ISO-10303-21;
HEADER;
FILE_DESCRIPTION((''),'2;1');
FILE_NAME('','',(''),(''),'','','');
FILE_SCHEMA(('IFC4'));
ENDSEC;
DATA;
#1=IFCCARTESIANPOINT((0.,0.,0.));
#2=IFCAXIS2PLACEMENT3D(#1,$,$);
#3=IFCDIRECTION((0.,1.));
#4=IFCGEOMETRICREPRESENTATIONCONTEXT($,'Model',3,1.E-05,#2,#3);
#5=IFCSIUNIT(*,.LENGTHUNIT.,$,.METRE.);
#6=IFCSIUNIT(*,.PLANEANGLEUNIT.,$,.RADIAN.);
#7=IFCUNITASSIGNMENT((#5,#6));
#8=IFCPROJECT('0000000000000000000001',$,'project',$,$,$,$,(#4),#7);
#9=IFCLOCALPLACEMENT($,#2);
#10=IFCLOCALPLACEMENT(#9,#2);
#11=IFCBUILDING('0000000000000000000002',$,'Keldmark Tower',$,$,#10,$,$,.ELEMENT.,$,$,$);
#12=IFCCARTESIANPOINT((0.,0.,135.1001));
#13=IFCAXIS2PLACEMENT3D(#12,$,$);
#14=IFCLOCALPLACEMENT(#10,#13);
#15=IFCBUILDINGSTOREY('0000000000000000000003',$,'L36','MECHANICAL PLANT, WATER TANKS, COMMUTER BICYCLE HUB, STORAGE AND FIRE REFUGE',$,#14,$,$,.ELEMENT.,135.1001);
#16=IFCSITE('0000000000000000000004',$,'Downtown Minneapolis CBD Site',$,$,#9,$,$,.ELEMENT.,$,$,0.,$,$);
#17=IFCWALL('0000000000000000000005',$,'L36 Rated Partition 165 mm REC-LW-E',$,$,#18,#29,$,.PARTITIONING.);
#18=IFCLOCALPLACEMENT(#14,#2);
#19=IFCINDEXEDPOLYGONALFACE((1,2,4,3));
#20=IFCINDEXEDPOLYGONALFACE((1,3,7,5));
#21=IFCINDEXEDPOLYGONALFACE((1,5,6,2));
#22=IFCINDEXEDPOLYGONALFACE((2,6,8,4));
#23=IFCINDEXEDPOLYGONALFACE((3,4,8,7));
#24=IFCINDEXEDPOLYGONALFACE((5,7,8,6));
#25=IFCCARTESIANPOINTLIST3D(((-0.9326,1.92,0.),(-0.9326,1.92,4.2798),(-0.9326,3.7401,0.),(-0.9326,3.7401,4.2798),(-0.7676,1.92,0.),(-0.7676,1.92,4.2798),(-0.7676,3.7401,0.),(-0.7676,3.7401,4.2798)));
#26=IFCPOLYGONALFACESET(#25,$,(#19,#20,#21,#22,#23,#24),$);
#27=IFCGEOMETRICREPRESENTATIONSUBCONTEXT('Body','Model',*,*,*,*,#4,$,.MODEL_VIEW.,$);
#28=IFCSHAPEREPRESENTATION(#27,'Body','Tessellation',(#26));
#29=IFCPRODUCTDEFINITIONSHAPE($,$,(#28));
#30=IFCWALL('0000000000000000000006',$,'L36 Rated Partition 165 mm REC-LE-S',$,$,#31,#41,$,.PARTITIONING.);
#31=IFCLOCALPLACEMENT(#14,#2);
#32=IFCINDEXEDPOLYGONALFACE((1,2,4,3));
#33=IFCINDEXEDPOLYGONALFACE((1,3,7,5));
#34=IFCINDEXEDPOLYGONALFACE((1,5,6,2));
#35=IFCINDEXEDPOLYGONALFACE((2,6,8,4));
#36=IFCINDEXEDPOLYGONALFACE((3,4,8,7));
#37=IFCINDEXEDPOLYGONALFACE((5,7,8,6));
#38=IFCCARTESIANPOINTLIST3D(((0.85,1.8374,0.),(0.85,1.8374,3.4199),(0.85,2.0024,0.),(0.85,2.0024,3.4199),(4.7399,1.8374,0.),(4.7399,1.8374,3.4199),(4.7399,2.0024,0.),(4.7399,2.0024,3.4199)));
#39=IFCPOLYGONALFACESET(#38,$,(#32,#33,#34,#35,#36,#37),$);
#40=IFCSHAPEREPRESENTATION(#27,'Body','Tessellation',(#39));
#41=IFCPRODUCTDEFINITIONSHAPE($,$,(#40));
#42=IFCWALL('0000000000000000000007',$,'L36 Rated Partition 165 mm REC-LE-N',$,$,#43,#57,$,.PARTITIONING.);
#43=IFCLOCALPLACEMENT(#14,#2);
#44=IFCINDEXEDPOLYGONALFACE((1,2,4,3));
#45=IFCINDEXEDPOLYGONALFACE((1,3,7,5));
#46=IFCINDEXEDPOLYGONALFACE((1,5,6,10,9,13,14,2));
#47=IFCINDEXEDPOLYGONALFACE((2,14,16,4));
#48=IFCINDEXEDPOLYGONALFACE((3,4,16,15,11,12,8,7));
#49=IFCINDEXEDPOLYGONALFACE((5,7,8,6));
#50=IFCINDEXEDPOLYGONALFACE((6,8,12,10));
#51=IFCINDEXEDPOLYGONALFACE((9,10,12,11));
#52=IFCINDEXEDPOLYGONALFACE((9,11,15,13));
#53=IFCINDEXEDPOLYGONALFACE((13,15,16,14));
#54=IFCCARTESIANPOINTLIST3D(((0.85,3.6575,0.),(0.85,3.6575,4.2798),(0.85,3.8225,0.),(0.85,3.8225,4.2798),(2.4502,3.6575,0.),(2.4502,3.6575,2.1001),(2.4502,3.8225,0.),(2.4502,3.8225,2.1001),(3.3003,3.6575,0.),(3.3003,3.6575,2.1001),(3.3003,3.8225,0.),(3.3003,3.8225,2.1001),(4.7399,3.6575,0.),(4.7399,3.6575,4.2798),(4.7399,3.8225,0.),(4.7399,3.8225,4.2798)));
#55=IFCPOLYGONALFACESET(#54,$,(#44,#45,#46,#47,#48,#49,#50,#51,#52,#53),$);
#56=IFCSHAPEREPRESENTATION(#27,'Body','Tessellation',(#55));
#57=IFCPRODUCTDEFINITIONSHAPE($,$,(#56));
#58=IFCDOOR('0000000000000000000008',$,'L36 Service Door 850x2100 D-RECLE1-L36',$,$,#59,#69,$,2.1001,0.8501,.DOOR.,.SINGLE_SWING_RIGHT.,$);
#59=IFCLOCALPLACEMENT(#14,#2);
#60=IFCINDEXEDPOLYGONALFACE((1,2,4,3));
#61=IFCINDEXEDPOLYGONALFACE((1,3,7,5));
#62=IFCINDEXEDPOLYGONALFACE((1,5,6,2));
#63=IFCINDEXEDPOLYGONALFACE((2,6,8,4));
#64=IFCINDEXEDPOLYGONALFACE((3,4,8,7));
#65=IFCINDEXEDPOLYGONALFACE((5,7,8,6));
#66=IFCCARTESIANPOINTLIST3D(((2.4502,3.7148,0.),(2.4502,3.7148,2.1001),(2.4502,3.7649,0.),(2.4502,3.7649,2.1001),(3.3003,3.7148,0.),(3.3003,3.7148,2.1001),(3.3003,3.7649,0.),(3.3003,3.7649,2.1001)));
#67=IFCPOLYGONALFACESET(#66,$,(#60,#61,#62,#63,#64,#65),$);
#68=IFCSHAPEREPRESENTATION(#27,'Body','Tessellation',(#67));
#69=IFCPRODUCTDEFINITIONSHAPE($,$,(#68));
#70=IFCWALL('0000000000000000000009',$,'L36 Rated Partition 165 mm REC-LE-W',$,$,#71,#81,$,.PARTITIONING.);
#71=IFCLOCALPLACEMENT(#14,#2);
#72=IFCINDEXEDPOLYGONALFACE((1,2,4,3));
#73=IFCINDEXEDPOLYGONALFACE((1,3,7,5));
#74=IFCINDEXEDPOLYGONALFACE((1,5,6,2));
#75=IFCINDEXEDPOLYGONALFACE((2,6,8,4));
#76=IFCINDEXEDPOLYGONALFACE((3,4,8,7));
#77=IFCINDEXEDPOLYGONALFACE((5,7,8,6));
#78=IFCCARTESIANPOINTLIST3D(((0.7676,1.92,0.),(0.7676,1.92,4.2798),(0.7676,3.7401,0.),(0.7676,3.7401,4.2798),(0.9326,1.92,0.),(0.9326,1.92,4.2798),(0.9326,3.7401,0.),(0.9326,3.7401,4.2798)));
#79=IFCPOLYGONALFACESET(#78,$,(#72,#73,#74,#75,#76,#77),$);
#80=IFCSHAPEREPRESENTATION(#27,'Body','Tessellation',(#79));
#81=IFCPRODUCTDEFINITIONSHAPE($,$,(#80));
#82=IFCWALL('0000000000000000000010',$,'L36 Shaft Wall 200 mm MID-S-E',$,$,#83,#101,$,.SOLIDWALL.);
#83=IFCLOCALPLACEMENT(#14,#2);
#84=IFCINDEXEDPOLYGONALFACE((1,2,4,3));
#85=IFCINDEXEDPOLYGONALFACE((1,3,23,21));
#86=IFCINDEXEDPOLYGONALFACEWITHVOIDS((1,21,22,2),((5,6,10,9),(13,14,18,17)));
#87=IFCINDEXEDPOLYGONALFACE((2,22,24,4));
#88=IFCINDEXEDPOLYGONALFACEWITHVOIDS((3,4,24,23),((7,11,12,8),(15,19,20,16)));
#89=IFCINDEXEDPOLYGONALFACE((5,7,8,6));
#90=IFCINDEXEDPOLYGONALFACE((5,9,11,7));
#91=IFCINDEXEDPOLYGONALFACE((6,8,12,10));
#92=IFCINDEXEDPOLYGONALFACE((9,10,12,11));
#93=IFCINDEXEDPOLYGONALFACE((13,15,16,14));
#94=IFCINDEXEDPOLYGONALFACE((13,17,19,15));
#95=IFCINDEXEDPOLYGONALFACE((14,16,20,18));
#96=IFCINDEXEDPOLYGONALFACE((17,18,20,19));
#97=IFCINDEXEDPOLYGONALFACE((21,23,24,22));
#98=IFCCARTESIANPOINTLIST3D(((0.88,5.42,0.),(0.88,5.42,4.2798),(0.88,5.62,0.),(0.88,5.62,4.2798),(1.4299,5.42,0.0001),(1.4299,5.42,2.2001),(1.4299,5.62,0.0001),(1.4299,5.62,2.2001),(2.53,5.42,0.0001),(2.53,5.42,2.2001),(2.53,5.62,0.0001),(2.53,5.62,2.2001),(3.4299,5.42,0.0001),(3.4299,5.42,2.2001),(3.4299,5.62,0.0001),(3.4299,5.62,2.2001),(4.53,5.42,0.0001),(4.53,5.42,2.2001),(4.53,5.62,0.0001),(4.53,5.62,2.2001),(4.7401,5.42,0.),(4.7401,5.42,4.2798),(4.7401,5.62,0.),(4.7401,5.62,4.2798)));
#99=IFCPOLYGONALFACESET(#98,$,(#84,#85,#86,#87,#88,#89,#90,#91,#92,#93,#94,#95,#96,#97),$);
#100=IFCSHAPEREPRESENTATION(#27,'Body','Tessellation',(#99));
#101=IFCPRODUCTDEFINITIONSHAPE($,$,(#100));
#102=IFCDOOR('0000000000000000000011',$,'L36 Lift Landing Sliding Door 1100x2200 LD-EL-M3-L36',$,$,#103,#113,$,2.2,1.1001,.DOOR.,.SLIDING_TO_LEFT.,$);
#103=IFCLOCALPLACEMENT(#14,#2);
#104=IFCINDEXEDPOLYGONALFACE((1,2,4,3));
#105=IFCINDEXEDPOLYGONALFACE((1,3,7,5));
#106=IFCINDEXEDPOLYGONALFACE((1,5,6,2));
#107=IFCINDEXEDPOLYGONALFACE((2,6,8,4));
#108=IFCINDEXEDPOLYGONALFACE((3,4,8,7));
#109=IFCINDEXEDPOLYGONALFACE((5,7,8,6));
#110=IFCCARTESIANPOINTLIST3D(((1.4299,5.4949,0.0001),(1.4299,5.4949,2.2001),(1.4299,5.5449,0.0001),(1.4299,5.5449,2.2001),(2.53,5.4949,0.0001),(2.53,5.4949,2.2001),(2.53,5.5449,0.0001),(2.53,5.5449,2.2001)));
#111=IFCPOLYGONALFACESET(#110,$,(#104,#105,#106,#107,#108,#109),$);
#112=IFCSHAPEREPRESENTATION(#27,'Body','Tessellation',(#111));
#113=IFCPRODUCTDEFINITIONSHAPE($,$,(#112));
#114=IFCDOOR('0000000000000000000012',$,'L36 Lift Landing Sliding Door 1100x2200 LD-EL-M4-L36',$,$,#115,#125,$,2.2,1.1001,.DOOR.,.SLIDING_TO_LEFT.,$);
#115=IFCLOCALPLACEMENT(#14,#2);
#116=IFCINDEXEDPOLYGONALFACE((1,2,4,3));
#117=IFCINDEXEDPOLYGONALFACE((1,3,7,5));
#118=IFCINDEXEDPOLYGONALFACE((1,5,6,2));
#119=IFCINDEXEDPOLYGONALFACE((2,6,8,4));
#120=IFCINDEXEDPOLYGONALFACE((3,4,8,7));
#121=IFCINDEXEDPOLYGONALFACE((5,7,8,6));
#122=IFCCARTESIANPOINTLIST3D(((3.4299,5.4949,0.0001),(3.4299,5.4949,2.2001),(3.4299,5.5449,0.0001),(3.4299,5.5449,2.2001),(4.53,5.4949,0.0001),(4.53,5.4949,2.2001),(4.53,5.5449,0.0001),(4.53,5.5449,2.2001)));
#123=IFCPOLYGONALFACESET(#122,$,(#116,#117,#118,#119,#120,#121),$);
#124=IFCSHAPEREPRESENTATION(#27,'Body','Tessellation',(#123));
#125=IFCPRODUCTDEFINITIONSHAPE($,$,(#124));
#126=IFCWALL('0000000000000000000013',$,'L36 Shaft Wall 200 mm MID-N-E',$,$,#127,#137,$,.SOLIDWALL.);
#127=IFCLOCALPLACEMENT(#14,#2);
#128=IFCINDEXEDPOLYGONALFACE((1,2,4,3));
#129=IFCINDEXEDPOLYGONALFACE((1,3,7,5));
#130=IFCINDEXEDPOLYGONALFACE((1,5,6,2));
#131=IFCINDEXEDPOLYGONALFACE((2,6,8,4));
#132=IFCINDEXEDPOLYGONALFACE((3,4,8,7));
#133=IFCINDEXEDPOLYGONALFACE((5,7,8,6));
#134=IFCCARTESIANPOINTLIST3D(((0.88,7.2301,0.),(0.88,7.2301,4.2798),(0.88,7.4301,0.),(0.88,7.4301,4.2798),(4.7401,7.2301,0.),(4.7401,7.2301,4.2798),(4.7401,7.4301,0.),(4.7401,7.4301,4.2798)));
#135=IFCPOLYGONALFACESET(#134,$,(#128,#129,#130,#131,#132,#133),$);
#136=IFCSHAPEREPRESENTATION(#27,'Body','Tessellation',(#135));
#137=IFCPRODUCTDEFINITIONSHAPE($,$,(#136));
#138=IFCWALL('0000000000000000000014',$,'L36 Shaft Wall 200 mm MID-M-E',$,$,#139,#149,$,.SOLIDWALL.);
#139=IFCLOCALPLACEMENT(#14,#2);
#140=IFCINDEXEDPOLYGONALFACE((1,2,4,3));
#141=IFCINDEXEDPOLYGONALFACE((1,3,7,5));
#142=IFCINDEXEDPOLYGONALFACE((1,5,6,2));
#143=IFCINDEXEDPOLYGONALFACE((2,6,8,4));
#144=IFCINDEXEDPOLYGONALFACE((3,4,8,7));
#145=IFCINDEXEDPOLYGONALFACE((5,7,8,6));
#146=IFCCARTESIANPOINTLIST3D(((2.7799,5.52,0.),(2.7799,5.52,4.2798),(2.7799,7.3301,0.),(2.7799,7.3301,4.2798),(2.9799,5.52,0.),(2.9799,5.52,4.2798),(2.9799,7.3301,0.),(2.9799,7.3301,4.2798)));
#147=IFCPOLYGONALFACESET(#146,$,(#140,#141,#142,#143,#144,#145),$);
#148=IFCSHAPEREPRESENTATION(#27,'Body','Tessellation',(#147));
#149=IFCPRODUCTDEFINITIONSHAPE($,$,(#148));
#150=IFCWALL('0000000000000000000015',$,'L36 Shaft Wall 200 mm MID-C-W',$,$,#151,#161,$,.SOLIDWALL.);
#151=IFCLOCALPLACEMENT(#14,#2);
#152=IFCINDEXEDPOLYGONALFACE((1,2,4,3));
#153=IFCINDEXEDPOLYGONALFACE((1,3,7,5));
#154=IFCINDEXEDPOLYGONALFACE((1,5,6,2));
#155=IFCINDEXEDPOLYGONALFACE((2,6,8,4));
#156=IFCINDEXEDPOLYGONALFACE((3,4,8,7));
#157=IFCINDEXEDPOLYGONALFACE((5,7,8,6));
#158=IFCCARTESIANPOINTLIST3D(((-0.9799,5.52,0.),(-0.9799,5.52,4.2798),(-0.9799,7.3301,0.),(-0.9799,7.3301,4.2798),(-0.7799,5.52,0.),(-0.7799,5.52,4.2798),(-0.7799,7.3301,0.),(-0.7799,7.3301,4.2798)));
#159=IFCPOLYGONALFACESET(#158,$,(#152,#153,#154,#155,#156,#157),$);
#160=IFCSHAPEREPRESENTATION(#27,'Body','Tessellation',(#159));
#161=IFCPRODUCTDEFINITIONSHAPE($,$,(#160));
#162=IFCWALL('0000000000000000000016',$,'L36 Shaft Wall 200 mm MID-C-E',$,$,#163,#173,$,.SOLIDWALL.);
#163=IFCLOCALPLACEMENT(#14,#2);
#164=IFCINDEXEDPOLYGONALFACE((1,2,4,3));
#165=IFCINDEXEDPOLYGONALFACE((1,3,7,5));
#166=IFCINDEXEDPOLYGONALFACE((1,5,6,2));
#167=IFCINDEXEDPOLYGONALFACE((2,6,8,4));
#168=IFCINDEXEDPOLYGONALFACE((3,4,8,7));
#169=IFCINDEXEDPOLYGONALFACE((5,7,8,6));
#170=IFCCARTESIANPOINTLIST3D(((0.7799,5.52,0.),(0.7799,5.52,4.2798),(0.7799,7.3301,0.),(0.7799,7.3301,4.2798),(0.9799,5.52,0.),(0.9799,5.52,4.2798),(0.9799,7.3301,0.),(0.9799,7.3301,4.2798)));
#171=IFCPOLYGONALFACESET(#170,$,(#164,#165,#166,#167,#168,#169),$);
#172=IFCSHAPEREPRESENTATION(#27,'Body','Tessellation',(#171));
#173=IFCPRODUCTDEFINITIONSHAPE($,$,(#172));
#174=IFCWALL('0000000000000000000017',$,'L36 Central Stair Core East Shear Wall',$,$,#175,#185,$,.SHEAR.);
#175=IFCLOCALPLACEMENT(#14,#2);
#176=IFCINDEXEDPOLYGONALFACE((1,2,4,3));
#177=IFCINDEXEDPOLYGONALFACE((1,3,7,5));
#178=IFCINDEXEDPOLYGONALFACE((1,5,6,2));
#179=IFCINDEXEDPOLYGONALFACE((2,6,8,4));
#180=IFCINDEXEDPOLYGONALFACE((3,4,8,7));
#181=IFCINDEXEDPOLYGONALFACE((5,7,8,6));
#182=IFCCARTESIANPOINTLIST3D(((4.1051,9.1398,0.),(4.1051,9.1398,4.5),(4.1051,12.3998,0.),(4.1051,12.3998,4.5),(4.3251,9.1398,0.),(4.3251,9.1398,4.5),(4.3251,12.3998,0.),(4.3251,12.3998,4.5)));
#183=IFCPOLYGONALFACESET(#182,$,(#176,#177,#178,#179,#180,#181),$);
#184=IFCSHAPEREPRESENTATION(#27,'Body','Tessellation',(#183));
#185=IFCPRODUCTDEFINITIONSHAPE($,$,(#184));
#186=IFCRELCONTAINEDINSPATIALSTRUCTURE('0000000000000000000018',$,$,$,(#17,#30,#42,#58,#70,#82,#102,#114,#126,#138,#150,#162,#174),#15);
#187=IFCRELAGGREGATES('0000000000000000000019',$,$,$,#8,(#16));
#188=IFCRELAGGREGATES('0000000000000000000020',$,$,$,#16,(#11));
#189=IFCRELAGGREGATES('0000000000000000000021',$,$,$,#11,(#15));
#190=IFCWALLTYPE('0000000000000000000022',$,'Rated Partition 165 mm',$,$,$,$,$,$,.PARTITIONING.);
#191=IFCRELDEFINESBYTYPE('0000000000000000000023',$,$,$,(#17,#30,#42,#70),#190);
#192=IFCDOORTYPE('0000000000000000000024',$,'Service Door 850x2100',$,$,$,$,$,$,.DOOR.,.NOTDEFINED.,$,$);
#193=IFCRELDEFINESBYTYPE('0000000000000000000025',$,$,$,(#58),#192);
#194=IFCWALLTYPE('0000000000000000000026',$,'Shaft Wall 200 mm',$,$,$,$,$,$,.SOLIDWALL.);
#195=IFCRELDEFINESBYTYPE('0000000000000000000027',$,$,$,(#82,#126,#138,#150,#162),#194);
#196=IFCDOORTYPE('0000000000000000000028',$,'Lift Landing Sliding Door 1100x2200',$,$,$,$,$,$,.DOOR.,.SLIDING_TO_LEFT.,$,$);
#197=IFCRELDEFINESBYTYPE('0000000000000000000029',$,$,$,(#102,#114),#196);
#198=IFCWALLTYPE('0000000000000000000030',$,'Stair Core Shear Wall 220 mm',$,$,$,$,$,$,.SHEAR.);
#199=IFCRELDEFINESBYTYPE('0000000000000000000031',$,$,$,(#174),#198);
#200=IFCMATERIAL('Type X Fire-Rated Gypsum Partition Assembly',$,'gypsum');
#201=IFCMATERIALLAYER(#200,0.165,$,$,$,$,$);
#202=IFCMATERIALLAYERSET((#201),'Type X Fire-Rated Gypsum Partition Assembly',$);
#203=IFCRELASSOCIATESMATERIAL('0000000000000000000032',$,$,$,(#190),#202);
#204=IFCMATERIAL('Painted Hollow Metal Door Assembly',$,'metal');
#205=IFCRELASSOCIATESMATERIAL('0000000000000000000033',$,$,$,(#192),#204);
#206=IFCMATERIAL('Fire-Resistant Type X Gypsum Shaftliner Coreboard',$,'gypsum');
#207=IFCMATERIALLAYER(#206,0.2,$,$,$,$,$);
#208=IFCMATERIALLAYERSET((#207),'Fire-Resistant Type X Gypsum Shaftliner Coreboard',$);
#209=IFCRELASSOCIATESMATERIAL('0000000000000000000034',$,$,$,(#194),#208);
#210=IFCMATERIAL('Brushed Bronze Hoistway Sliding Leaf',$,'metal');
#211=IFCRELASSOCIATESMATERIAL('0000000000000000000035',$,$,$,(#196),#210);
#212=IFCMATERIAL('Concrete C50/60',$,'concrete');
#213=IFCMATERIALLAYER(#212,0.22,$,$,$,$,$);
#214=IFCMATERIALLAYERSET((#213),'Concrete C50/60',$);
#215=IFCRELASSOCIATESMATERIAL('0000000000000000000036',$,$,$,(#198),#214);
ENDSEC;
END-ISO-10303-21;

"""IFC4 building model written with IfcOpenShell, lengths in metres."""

from ifc_helpers import new_model, si_unit, direction, frame, frame_2d, origin, place, context, subcontext, project, spatial, rectangle, extrude, material, layer, layer_set, type_object, element, fill, save


model = new_model("IFC4")

# Units and contexts
model_context = context("Model", 3, precision=1e-05, world=origin(), true_north=direction((0.0, 1.0)))
body_context = subcontext(model_context, "Body", "Model", "MODEL_VIEW")
ifc_project = project(units=[si_unit("LENGTHUNIT", "METRE"), si_unit("PLANEANGLEUNIT", "RADIAN")], contexts=[model_context])

# Site, building, storey
site_placement = place(None, origin())
site = spatial("IfcSite", under=ifc_project, at=site_placement, Name="Downtown Minneapolis CBD Site", CompositionType="ELEMENT", RefElevation=0.0)
building_placement = place(site_placement, origin())
building = spatial("IfcBuilding", under=site, at=building_placement, Name="Keldmark Tower", CompositionType="ELEMENT")
storey_placement = place(building_placement, frame((0.0, 0.0, 135.1001)))
storey = spatial("IfcBuildingStorey", under=building, at=storey_placement, Name="L36", Description="MECHANICAL PLANT, WATER TANKS, COMMUTER BICYCLE HUB, STORAGE AND FIRE REFUGE", CompositionType="ELEMENT", Elevation=135.1001)

# Walls
ifc_material_1 = material(Name="Type X Fire-Rated Gypsum Partition Assembly", Category="gypsum")
ifc_layer_1 = layer(ifc_material_1, 0.165)
ifc_layer_set_1 = layer_set([ifc_layer_1], Name="Type X Fire-Rated Gypsum Partition Assembly")
wall_type_1 = type_object("IfcWallType", Name="Rated Partition 165 mm", PredefinedType="PARTITIONING", material=ifc_layer_set_1)
wall_1_placement = place(storey_placement, frame((-0.8501, 1.9199, 0.0), z_axis=(0.0, 0.0, 1.0), x_axis=(0.0, 1.0, 0.0)))
element("IfcWall", 1, at=wall_1_placement, inside=storey, type_object=wall_type_1, Name="L36 Rated Partition 165 mm REC-LW-E", PredefinedType="PARTITIONING", context=body_context, shape_type="SweptSolid", body=[
    extrude(rectangle(XDim=1.8201, YDim=0.165, at=frame_2d((0.9102, 0.0))), origin(), (0.0, 0.0, 1.0), 4.2798),
])
wall_2_placement = place(storey_placement, frame((0.8501, 1.9199, 0.0), z_axis=(0.0, 0.0, 1.0), x_axis=(1.0, 0.0, 0.0)))
element("IfcWall", 2, at=wall_2_placement, inside=storey, type_object=wall_type_1, Name="L36 Rated Partition 165 mm REC-LE-S", PredefinedType="PARTITIONING", context=body_context, shape_type="SweptSolid", body=[
    extrude(rectangle(XDim=3.8899, YDim=0.165, at=frame_2d((1.9448, 0.0))), origin(), (0.0, 0.0, 1.0), 3.4199),
])

# Wall, opening, door
wall_3_placement = place(storey_placement, frame((0.8501, 3.74, 0.0), z_axis=(0.0, 0.0, 1.0), x_axis=(1.0, 0.0, 0.0)))
wall_3 = element("IfcWall", 3, at=wall_3_placement, inside=storey, type_object=wall_type_1, Name="L36 Rated Partition 165 mm REC-LE-N", PredefinedType="PARTITIONING", context=body_context, shape_type="SweptSolid", body=[
    extrude(rectangle(XDim=3.8899, YDim=0.165, at=frame_2d((1.9448, 0.0))), origin(), (0.0, 0.0, 1.0), 4.2798),
])
opening_1_placement = place(wall_3_placement, frame((1.6001, 0.0, 0.0)))
opening_1 = element("IfcOpeningElement", 4, at=opening_1_placement, cuts=wall_3, PredefinedType="OPENING", context=body_context, shape_type="SweptSolid", body=[
    extrude(rectangle(XDim=0.8501, YDim=2.1001, at=frame_2d((0.425, 1.05))), frame((0.0, 0.0925, 0.0), z_axis=(0.0, -1.0, 0.0), x_axis=(1.0, 0.0, 0.0)), (0.0, 0.0, 1.0), 0.1851),
])
ifc_material_2 = material(Name="Painted Hollow Metal Door Assembly", Category="metal")
door_type_1 = type_object("IfcDoorType", Name="Service Door 850x2100", OperationType="NOTDEFINED", PredefinedType="DOOR", material=ifc_material_2)
door_1_placement = place(opening_1_placement, origin())
door_1 = element("IfcDoor", 5, at=door_1_placement, inside=storey, type_object=door_type_1, Name="L36 Service Door 850x2100 D-RECLE1-L36", OperationType="SINGLE_SWING_RIGHT", OverallHeight=2.1001, OverallWidth=0.8501, PredefinedType="DOOR", context=body_context, shape_type="SweptSolid", body=[
    extrude(rectangle(XDim=0.8501, YDim=2.1001, at=frame_2d((0.425, 1.05))), frame((0.0, 0.0249, 0.0), z_axis=(0.0, -1.0, 0.0), x_axis=(1.0, 0.0, 0.0)), (0.0, 0.0, 1.0), 0.05),
])
fill(opening_1, door_1)

# Wall
wall_4_placement = place(storey_placement, frame((0.8501, 1.9199, 0.0), z_axis=(0.0, 0.0, 1.0), x_axis=(0.0, 1.0, 0.0)))
element("IfcWall", 6, at=wall_4_placement, inside=storey, type_object=wall_type_1, Name="L36 Rated Partition 165 mm REC-LE-W", PredefinedType="PARTITIONING", context=body_context, shape_type="SweptSolid", body=[
    extrude(rectangle(XDim=1.8201, YDim=0.165, at=frame_2d((0.9102, 0.0))), origin(), (0.0, 0.0, 1.0), 4.2798),
])

# Wall, openings, doors
ifc_material_3 = material(Name="Fire-Resistant Type X Gypsum Shaftliner Coreboard", Category="gypsum")
ifc_layer_2 = layer(ifc_material_3, 0.2)
ifc_layer_set_2 = layer_set([ifc_layer_2], Name="Fire-Resistant Type X Gypsum Shaftliner Coreboard")
wall_type_2 = type_object("IfcWallType", Name="Shaft Wall 200 mm", PredefinedType="SOLIDWALL", material=ifc_layer_set_2)
wall_5_placement = place(storey_placement, frame((0.8799, 5.52, 0.0), z_axis=(0.0, 0.0, 1.0), x_axis=(1.0, 0.0, 0.0)))
wall_5 = element("IfcWall", 7, at=wall_5_placement, inside=storey, type_object=wall_type_2, Name="L36 Shaft Wall 200 mm MID-S-E", PredefinedType="SOLIDWALL", context=body_context, shape_type="SweptSolid", body=[
    extrude(rectangle(XDim=3.8601, YDim=0.2, at=frame_2d((1.9302, 0.0))), origin(), (0.0, 0.0, 1.0), 4.2798),
])
opening_2_placement = place(wall_5_placement, frame((0.55, 0.0, 0.0)))
opening_2 = element("IfcOpeningElement", 8, at=opening_2_placement, cuts=wall_5, PredefinedType="OPENING", context=body_context, shape_type="SweptSolid", body=[
    extrude(rectangle(XDim=1.1001, YDim=2.2, at=frame_2d((0.55, 1.1001))), frame((0.0, 0.1099, 0.0), z_axis=(0.0, -1.0, 0.0), x_axis=(1.0, 0.0, 0.0)), (0.0, 0.0, 1.0), 0.22),
])
opening_3_placement = place(wall_5_placement, frame((2.55, 0.0, 0.0)))
opening_3 = element("IfcOpeningElement", 9, at=opening_3_placement, cuts=wall_5, PredefinedType="OPENING", context=body_context, shape_type="SweptSolid", body=[
    extrude(rectangle(XDim=1.1001, YDim=2.2, at=frame_2d((0.55, 1.1001))), frame((0.0, 0.1099, 0.0), z_axis=(0.0, -1.0, 0.0), x_axis=(1.0, 0.0, 0.0)), (0.0, 0.0, 1.0), 0.22),
])
ifc_material_4 = material(Name="Brushed Bronze Hoistway Sliding Leaf", Category="metal")
door_type_2 = type_object("IfcDoorType", Name="Lift Landing Sliding Door 1100x2200", OperationType="SLIDING_TO_LEFT", PredefinedType="DOOR", material=ifc_material_4)
door_2_placement = place(opening_2_placement, origin())
door_2 = element("IfcDoor", 10, at=door_2_placement, inside=storey, type_object=door_type_2, Name="L36 Lift Landing Sliding Door 1100x2200 LD-EL-M3-L36", OperationType="SLIDING_TO_LEFT", OverallHeight=2.2, OverallWidth=1.1001, PredefinedType="DOOR", context=body_context, shape_type="SweptSolid", body=[
    extrude(rectangle(XDim=1.1001, YDim=2.2, at=frame_2d((0.55, 1.1001))), frame((0.0, 0.0249, 0.0), z_axis=(0.0, -1.0, 0.0), x_axis=(1.0, 0.0, 0.0)), (0.0, 0.0, 1.0), 0.05),
])
fill(opening_2, door_2)
door_3_placement = place(opening_3_placement, origin())
door_3 = element("IfcDoor", 11, at=door_3_placement, inside=storey, type_object=door_type_2, Name="L36 Lift Landing Sliding Door 1100x2200 LD-EL-M4-L36", OperationType="SLIDING_TO_LEFT", OverallHeight=2.2, OverallWidth=1.1001, PredefinedType="DOOR", context=body_context, shape_type="SweptSolid", body=[
    extrude(rectangle(XDim=1.1001, YDim=2.2, at=frame_2d((0.55, 1.1001))), frame((0.0, 0.0249, 0.0), z_axis=(0.0, -1.0, 0.0), x_axis=(1.0, 0.0, 0.0)), (0.0, 0.0, 1.0), 0.05),
])
fill(opening_3, door_3)

# Walls
wall_6_placement = place(storey_placement, frame((0.8799, 7.3301, 0.0), z_axis=(0.0, 0.0, 1.0), x_axis=(1.0, 0.0, 0.0)))
element("IfcWall", 12, at=wall_6_placement, inside=storey, type_object=wall_type_2, Name="L36 Shaft Wall 200 mm MID-N-E", PredefinedType="SOLIDWALL", context=body_context, shape_type="SweptSolid", body=[
    extrude(rectangle(XDim=3.8601, YDim=0.2, at=frame_2d((1.9302, 0.0))), origin(), (0.0, 0.0, 1.0), 4.2798),
])
for number, where, z_axis, x_axis, name in (
    (13, (2.8799, 5.52, 0.0), (0.0, 0.0, 1.0), (0.0, 1.0, 0.0), "L36 Shaft Wall 200 mm MID-M-E"),
    (14, (-0.8799, 5.52, 0.0), (0.0, 0.0, 1.0), (0.0, 1.0, 0.0), "L36 Shaft Wall 200 mm MID-C-W"),
    (15, (0.8799, 5.52, 0.0), (0.0, 0.0, 1.0), (0.0, 1.0, 0.0), "L36 Shaft Wall 200 mm MID-C-E"),
):
    element("IfcWall", number, at=place(storey_placement, frame(where, z_axis=z_axis, x_axis=x_axis)), inside=storey, type_object=wall_type_2, Name=name, PredefinedType="SOLIDWALL", context=body_context, shape_type="SweptSolid", body=[
        extrude(rectangle(XDim=1.8101, YDim=0.2, at=frame_2d((0.905, 0.0))), origin(), (0.0, 0.0, 1.0), 4.2798),
    ])
ifc_material_5 = material(Name="Concrete C50/60", Category="concrete")
ifc_layer_3 = layer(ifc_material_5, 0.22)
ifc_layer_set_3 = layer_set([ifc_layer_3], Name="Concrete C50/60")
wall_type_3 = type_object("IfcWallType", Name="Stair Core Shear Wall 220 mm", PredefinedType="SHEAR", material=ifc_layer_set_3)
wall_7_placement = place(storey_placement, frame((4.2151, 9.1399, 0.0), z_axis=(0.0, 0.0, 1.0), x_axis=(0.0, 1.0, 0.0)))
element("IfcWall", 16, at=wall_7_placement, inside=storey, type_object=wall_type_3, Name="L36 Central Stair Core East Shear Wall", PredefinedType="SHEAR", context=body_context, shape_type="SweptSolid", body=[
    extrude(rectangle(XDim=3.26, YDim=0.22, at=frame_2d((1.6299, 0.0))), origin(), (0.0, 0.0, 1.0), 4.5),
])

save(model, "model.ifc")
